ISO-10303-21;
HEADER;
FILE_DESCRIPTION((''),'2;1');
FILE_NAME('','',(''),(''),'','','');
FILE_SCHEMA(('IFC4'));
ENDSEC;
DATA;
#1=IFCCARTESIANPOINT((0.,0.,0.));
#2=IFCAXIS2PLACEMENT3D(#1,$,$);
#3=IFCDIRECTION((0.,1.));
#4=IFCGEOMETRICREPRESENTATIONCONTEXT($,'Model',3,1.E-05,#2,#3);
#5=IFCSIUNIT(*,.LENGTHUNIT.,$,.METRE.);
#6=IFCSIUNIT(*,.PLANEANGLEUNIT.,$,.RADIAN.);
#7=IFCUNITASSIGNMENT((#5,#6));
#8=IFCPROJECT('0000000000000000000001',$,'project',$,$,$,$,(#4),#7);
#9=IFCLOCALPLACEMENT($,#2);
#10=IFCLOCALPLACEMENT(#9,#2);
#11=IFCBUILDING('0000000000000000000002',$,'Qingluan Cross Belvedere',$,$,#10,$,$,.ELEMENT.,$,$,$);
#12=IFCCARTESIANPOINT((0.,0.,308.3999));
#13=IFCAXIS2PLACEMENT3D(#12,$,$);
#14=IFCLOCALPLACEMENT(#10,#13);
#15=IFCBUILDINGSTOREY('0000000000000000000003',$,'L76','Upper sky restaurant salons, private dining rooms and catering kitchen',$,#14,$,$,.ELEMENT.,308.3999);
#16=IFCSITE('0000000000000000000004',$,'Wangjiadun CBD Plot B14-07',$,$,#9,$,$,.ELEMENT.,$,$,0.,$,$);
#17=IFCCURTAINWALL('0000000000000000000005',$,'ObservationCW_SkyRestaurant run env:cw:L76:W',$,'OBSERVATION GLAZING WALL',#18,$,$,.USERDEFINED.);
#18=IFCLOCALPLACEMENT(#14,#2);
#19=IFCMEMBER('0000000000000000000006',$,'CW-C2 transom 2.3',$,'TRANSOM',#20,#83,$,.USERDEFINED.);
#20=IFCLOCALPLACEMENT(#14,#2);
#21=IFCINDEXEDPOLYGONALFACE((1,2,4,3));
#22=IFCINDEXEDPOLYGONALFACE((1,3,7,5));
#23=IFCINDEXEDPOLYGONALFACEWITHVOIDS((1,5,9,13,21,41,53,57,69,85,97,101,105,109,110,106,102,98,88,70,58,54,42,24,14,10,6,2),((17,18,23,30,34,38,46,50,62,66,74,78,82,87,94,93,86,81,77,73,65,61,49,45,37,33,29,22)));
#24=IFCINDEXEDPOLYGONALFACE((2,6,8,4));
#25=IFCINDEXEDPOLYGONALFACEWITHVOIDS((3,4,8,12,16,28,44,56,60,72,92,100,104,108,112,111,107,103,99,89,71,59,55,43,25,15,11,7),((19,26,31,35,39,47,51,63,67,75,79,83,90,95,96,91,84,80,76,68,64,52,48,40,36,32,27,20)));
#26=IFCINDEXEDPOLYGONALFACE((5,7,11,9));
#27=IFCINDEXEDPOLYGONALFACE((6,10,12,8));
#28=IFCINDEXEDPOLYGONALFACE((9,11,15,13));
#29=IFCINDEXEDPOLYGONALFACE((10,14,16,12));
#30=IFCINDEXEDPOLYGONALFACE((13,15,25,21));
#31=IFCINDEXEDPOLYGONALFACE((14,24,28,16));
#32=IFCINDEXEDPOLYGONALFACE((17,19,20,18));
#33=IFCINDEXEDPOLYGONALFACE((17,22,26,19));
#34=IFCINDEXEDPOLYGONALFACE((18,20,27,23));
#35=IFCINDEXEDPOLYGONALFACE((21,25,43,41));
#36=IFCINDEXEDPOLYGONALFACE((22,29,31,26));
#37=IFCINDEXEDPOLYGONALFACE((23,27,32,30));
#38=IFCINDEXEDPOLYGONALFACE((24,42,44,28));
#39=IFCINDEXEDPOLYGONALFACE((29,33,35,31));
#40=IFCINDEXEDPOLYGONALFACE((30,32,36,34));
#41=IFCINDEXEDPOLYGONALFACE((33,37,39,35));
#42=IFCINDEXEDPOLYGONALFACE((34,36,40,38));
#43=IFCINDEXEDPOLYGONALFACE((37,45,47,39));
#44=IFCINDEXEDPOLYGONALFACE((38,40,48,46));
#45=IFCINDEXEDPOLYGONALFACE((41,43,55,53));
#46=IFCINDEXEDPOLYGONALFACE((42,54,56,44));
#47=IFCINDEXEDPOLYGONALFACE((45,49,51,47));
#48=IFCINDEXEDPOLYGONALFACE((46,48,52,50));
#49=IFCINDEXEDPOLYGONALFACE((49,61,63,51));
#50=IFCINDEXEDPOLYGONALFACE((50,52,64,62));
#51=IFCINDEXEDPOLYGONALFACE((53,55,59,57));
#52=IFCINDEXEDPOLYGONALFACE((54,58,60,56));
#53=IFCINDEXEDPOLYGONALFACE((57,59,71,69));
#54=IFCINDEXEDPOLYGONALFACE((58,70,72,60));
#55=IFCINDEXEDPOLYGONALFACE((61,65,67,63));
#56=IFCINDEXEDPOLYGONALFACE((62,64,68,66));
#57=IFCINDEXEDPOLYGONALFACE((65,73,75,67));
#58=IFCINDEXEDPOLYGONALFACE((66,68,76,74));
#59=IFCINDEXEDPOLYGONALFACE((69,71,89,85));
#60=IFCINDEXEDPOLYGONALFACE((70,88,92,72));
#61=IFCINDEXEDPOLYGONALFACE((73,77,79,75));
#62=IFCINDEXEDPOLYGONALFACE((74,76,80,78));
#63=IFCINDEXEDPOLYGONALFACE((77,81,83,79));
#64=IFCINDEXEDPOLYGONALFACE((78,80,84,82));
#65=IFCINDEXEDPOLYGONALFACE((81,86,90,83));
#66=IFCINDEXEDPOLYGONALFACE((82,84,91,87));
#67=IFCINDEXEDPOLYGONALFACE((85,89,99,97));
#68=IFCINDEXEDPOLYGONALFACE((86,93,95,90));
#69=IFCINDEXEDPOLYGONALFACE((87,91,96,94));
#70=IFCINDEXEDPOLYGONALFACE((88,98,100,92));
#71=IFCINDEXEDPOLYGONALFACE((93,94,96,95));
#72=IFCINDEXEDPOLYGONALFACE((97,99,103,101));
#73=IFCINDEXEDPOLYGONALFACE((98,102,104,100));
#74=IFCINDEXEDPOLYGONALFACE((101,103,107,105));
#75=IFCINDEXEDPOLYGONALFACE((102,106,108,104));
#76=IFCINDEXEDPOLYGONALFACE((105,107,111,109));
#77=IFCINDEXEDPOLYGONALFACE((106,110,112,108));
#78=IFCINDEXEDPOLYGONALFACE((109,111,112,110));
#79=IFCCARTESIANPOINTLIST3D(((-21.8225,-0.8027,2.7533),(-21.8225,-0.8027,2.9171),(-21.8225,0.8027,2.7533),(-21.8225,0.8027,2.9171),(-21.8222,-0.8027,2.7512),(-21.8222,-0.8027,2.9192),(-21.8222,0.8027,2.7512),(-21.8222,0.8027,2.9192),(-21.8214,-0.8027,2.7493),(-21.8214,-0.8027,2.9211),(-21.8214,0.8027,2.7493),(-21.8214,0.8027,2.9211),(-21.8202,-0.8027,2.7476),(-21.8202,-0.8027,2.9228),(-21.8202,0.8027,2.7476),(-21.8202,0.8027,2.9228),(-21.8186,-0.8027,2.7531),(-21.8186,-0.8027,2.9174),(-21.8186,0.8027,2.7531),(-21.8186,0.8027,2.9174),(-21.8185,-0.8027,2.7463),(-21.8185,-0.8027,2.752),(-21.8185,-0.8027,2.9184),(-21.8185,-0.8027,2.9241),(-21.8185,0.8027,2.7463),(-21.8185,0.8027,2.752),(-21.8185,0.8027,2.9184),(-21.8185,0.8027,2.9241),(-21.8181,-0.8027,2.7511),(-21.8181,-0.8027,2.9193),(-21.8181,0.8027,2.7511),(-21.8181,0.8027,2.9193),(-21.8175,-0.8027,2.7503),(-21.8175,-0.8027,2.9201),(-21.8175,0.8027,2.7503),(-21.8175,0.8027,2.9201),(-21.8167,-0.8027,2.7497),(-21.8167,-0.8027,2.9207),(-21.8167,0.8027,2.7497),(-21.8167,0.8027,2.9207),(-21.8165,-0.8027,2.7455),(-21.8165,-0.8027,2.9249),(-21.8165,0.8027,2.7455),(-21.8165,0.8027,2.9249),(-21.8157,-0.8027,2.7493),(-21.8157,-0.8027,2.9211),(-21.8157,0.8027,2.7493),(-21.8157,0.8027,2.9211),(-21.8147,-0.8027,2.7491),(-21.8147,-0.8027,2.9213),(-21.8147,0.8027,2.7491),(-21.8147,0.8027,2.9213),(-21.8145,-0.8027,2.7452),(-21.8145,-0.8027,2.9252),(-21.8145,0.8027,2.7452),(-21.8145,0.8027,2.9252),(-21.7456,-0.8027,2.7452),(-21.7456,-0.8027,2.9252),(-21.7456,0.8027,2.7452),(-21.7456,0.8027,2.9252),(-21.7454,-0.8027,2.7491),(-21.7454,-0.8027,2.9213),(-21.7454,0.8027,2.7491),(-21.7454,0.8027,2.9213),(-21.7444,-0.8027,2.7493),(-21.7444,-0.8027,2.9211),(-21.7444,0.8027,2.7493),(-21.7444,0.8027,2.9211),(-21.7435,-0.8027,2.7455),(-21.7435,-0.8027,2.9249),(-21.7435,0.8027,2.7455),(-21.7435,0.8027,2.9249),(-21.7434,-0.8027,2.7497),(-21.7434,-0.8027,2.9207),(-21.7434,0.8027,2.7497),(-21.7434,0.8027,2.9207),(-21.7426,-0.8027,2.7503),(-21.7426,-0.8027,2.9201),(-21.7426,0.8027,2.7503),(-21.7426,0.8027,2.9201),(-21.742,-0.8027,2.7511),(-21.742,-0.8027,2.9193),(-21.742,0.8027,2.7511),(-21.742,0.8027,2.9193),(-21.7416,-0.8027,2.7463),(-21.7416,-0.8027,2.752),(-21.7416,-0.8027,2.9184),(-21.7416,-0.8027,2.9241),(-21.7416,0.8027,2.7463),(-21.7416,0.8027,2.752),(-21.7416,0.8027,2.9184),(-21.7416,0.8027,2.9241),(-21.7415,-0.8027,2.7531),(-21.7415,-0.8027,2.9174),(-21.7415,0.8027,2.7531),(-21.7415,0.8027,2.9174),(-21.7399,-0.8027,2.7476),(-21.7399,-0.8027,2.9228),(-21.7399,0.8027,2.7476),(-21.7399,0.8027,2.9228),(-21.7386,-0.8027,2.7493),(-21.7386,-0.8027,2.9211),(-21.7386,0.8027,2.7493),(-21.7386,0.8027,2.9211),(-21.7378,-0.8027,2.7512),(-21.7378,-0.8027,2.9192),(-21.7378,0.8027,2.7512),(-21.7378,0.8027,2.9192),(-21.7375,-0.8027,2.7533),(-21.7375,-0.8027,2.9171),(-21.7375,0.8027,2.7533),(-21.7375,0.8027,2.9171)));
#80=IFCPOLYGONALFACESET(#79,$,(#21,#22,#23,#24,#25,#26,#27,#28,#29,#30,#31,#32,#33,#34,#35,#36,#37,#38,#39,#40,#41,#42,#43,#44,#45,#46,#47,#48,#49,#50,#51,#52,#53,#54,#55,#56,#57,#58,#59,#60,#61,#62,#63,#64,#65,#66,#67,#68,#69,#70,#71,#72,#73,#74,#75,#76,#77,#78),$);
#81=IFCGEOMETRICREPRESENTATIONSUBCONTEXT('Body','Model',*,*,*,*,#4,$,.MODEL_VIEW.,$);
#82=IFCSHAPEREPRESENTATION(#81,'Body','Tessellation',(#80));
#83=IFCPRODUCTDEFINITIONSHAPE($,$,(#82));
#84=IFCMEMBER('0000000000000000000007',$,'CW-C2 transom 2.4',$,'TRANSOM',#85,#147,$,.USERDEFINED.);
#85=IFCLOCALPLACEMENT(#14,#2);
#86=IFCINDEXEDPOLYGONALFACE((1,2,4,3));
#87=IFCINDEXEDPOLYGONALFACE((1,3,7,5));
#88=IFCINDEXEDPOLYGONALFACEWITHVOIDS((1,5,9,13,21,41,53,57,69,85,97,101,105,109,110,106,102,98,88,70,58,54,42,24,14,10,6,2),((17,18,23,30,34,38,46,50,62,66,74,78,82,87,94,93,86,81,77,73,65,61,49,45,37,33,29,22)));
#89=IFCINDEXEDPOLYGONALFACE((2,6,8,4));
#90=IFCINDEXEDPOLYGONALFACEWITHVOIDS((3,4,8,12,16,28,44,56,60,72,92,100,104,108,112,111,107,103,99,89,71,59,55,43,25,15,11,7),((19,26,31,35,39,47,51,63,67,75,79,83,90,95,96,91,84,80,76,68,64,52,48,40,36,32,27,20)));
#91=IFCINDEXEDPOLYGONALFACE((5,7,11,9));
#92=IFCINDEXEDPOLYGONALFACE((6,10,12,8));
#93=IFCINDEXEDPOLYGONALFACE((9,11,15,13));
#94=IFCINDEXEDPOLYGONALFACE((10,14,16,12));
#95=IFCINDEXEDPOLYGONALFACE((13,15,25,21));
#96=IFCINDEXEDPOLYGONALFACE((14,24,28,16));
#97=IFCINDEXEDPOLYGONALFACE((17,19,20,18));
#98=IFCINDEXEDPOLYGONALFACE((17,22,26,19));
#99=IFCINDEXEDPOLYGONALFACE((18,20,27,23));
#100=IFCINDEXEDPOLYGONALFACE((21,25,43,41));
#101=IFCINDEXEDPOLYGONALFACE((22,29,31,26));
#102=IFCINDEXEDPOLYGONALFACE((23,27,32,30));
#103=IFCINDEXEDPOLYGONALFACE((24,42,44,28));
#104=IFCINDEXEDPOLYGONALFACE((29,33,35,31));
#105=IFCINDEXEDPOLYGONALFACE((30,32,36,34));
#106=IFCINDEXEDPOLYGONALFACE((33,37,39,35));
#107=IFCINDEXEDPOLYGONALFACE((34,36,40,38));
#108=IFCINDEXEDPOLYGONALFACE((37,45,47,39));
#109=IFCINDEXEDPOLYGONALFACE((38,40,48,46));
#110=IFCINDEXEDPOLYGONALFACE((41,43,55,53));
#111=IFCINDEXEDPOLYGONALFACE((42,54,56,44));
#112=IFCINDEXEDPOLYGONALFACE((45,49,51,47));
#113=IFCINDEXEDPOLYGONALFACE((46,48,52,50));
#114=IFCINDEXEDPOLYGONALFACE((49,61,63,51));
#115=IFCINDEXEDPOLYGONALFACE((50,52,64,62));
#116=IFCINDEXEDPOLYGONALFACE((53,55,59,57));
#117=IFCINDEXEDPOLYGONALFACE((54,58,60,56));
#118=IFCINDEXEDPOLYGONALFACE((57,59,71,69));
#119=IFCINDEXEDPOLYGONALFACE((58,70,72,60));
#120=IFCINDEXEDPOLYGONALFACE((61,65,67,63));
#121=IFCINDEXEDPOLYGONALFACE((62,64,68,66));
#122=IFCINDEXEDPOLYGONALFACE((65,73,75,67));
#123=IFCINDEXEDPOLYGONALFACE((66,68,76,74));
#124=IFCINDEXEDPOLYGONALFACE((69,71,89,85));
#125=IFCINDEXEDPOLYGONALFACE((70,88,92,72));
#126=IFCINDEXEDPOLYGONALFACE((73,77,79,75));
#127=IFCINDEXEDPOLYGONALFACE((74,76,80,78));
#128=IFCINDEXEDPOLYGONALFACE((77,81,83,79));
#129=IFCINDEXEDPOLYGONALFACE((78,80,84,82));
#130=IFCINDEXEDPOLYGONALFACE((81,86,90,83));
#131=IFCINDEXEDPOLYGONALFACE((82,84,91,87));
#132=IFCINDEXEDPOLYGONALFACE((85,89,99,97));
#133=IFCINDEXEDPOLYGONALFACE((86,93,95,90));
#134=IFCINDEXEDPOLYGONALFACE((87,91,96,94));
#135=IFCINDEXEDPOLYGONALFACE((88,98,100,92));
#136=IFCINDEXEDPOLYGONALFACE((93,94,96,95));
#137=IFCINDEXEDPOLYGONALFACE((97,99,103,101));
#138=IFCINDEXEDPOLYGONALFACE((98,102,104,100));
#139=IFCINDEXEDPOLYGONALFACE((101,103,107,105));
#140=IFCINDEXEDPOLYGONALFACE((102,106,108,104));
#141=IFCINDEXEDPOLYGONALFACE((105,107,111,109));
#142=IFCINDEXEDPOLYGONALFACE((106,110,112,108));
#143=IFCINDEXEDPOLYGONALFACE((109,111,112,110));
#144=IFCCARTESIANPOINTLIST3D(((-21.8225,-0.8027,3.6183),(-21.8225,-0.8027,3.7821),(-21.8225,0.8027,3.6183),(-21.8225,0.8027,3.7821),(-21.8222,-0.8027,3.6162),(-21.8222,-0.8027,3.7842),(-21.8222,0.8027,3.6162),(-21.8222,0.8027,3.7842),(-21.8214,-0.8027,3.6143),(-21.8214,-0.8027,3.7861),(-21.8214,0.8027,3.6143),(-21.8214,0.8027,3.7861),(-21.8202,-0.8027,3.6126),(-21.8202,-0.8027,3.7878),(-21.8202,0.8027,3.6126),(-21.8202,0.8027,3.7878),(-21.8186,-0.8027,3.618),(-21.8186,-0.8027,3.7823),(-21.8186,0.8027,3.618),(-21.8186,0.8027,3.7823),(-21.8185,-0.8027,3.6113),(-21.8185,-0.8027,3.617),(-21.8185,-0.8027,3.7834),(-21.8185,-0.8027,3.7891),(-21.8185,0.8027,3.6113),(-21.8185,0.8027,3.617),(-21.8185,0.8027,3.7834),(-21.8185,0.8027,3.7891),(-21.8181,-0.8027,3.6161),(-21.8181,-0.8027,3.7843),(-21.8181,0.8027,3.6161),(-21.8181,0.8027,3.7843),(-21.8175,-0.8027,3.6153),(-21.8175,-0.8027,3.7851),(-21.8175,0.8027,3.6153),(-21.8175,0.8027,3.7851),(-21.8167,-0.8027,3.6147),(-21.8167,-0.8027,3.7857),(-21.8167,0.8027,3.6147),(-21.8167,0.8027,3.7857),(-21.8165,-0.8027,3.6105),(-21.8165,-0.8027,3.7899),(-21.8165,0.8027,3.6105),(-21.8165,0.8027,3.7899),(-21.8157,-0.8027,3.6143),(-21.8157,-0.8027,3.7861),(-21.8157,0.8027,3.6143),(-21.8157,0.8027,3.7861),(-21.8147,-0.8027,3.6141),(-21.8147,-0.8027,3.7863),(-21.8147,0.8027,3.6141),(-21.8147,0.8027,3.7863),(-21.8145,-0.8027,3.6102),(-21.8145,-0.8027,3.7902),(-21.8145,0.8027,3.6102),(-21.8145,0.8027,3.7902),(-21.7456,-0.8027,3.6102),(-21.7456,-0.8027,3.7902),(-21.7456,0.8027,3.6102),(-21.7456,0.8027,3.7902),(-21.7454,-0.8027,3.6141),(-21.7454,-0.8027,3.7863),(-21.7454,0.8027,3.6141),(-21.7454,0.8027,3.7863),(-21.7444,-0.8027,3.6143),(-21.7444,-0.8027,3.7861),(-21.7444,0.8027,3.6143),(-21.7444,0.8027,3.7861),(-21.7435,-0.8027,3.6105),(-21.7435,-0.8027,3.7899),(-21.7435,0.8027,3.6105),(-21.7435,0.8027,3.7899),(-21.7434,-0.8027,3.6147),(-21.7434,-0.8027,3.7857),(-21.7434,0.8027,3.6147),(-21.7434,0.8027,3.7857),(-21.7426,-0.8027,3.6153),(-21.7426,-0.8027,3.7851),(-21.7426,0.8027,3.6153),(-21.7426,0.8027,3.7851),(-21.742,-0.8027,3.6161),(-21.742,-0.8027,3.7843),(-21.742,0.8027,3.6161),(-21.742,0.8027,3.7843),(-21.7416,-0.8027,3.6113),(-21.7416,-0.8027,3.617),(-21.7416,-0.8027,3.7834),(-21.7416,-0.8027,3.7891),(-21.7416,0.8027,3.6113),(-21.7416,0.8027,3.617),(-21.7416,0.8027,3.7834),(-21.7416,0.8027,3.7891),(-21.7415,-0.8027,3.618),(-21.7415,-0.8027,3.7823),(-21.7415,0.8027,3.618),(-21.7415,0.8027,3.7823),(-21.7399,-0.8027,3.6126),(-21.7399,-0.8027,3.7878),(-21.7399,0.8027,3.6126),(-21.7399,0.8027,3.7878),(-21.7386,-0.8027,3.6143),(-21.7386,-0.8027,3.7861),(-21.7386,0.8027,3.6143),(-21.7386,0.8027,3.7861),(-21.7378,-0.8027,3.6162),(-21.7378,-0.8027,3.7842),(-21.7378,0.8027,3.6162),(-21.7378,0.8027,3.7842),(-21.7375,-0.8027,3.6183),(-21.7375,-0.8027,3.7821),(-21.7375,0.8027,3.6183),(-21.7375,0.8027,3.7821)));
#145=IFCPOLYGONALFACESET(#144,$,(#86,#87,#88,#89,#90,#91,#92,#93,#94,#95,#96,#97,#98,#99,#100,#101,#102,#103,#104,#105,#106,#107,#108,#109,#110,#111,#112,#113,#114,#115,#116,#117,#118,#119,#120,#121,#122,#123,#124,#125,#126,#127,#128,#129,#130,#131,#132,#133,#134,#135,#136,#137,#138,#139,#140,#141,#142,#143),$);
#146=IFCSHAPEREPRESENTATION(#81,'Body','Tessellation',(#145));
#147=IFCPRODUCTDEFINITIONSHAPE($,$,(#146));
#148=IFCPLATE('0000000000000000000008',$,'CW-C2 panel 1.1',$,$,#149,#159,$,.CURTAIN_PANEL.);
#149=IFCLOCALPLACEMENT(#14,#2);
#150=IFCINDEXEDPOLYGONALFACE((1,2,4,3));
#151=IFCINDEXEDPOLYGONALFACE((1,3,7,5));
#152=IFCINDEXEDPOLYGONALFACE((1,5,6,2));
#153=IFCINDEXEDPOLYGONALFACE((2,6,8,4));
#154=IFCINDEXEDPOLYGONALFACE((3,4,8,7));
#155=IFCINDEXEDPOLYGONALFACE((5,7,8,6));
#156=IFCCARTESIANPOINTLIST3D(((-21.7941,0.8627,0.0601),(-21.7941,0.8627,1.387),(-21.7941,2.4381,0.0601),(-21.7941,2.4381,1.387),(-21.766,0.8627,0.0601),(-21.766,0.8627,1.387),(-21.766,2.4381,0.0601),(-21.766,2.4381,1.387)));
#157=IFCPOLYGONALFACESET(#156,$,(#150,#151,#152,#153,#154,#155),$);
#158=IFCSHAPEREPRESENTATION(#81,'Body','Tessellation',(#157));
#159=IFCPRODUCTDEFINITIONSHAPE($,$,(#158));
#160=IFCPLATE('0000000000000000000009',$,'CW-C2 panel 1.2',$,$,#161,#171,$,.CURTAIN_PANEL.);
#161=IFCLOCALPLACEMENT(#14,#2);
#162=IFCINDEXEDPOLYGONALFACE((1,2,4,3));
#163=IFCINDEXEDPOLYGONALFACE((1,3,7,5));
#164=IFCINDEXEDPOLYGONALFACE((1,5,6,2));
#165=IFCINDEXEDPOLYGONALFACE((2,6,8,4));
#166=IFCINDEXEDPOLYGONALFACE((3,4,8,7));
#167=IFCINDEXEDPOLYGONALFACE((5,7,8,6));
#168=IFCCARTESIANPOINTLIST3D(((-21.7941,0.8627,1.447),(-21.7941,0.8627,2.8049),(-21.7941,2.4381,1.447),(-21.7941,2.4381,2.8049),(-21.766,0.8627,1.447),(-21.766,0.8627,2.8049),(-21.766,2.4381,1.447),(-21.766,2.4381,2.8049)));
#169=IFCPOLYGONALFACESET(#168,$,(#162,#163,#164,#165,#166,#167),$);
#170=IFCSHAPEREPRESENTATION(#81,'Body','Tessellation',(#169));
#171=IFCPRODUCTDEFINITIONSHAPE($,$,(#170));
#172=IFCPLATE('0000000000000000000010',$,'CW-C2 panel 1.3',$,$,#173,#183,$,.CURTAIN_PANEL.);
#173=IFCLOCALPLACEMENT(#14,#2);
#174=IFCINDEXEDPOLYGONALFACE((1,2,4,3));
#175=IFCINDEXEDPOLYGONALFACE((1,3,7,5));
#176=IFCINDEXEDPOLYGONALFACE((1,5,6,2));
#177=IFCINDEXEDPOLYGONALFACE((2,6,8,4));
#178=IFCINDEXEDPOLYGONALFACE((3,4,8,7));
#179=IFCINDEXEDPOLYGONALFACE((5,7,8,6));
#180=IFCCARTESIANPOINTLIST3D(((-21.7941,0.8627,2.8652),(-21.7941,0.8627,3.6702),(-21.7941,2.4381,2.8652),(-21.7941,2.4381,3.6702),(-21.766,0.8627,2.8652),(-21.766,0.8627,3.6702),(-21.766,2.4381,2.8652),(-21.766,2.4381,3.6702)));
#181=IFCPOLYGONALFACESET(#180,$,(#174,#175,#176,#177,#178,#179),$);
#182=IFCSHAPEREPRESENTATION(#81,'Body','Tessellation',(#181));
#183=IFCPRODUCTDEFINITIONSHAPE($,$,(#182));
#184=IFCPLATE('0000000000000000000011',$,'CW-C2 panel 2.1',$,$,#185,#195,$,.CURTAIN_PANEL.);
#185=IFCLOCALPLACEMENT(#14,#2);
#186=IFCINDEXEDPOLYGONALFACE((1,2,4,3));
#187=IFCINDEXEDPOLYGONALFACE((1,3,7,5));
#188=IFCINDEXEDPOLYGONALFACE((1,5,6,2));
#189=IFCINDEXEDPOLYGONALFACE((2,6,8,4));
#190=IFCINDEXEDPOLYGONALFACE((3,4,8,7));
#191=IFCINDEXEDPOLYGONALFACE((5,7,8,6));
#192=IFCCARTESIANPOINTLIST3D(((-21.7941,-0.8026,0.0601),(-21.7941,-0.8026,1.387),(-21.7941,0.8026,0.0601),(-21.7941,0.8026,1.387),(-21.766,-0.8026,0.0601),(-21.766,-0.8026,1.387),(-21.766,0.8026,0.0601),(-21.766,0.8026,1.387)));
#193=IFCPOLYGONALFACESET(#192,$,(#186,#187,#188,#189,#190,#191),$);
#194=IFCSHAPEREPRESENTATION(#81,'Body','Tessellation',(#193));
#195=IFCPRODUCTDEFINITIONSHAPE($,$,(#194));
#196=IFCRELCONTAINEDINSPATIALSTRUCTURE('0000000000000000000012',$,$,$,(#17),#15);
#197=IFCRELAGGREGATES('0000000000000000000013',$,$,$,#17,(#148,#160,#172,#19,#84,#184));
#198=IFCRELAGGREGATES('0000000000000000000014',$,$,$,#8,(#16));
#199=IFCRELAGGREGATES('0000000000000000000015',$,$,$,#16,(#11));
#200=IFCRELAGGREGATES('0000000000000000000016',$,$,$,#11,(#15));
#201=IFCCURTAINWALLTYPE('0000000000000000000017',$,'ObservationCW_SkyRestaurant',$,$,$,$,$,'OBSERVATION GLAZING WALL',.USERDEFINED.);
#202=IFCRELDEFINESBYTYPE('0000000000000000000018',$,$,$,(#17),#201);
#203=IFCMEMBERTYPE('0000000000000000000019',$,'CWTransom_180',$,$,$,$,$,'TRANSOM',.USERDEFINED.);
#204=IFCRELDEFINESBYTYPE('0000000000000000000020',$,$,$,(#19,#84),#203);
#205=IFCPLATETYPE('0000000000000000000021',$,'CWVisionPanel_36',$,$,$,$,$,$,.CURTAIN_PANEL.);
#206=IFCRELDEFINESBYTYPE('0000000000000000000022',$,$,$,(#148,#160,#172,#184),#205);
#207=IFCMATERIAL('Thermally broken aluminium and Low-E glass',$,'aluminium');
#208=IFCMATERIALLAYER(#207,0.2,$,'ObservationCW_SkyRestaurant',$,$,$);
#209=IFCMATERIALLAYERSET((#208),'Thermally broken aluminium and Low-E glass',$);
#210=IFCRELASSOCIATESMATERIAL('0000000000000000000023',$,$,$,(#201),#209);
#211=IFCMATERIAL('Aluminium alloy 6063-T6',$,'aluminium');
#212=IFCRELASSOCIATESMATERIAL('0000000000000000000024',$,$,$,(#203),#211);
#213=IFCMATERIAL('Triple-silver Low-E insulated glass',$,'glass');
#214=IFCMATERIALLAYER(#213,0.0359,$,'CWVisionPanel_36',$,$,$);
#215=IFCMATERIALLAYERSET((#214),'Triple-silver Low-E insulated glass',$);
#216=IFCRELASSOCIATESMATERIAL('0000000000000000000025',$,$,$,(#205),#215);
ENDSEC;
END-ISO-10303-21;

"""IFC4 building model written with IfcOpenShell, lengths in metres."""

from ifc_helpers import new_model, si_unit, direction, frame, origin, origin_2d, place, context, subcontext, project, spatial, rectangle, hollow_rectangle, extrude, material, layer, layer_set, material_profile, profile_set, type_object, element, aggregate, save


model = new_model("IFC4")

# Units and contexts
model_context = context("Model", 3, precision=1e-05, world=origin(), true_north=direction((0.0, 1.0)))
body_context = subcontext(model_context, "Body", "Model", "MODEL_VIEW")
ifc_project = project(units=[si_unit("LENGTHUNIT", "METRE"), si_unit("PLANEANGLEUNIT", "RADIAN")], contexts=[model_context])

# Site, building, storey
site_placement = place(None, origin())
site = spatial("IfcSite", under=ifc_project, at=site_placement, Name="Wangjiadun CBD Plot B14-07", CompositionType="ELEMENT", RefElevation=0.0)
building_placement = place(site_placement, origin())
building = spatial("IfcBuilding", under=site, at=building_placement, Name="Qingluan Cross Belvedere", CompositionType="ELEMENT")
storey_placement = place(building_placement, frame((0.0, 0.0, 308.3999)))
storey = spatial("IfcBuildingStorey", under=building, at=storey_placement, Name="L76", Description="Upper sky restaurant salons, private dining rooms and catering kitchen", CompositionType="ELEMENT", Elevation=308.3999)

# Curtain wall, members, plates
ifc_material_1 = material(Name="Thermally broken aluminium and Low-E glass", Category="aluminium")
ifc_layer_1 = layer(ifc_material_1, 0.2, Name="ObservationCW_SkyRestaurant")
ifc_layer_set_1 = layer_set([ifc_layer_1], Name="Thermally broken aluminium and Low-E glass")
curtain_wall_type = type_object("IfcCurtainWallType", Name="ObservationCW_SkyRestaurant", ElementType="OBSERVATION GLAZING WALL", PredefinedType="USERDEFINED", material=ifc_layer_set_1)
curtain_wall_placement = place(storey_placement, origin())
curtain_wall = element("IfcCurtainWall", 1, at=curtain_wall_placement, inside=storey, type_object=curtain_wall_type, Name="ObservationCW_SkyRestaurant run env:cw:L76:W", ObjectType="OBSERVATION GLAZING WALL", PredefinedType="USERDEFINED")
ifc_material_2 = material(Name="Aluminium alloy 6063-T6", Category="aluminium")
ifc_material_profile_1 = material_profile(ifc_material_2, hollow_rectangle(XDim=0.085, YDim=0.1799, WallThickness=0.0039, InnerFilletRadius=0.0039, OuterFilletRadius=0.0081, at=origin_2d()), Name="CWT180x85x4")
ifc_profile_set_1 = profile_set([ifc_material_profile_1], Name="Aluminium alloy 6063-T6")
member_type_1 = type_object("IfcMemberType", Name="CWTransom_180", ElementType="TRANSOM", PredefinedType="USERDEFINED", material=ifc_profile_set_1)
member_1_placement = place(storey_placement, frame((-21.78, 0.8027, 2.8352), z_axis=(0.0, -1.0, 0.0), x_axis=(1.0, 0.0, 0.0)))
member_1 = element("IfcMember", 2, at=member_1_placement, type_object=member_type_1, Name="CW-C2 transom 2.3", ObjectType="TRANSOM", PredefinedType="USERDEFINED", context=body_context, shape_type="SweptSolid", body=[
    extrude(hollow_rectangle(XDim=0.085, YDim=0.1799, WallThickness=0.0039, InnerFilletRadius=0.0039, OuterFilletRadius=0.0081, at=origin_2d()), origin(), (0.0, 0.0, 1.0), 1.6055),
])
member_2_placement = place(storey_placement, frame((-21.78, 0.8027, 3.7002), z_axis=(0.0, -1.0, 0.0), x_axis=(1.0, 0.0, 0.0)))
member_2 = element("IfcMember", 3, at=member_2_placement, type_object=member_type_1, Name="CW-C2 transom 2.4", ObjectType="TRANSOM", PredefinedType="USERDEFINED", context=body_context, shape_type="SweptSolid", body=[
    extrude(hollow_rectangle(XDim=0.085, YDim=0.1799, WallThickness=0.0039, InnerFilletRadius=0.0039, OuterFilletRadius=0.0081, at=origin_2d()), origin(), (0.0, 0.0, 1.0), 1.6055),
])
ifc_material_3 = material(Name="Triple-silver Low-E insulated glass", Category="glass")
ifc_layer_2 = layer(ifc_material_3, 0.0359, Name="CWVisionPanel_36")
ifc_layer_set_2 = layer_set([ifc_layer_2], Name="Triple-silver Low-E insulated glass")
plate_type = type_object("IfcPlateType", Name="CWVisionPanel_36", PredefinedType="CURTAIN_PANEL", material=ifc_layer_set_2)
plate_1_placement = place(storey_placement, frame((-21.78, 1.6504, 0.0601), z_axis=(0.0, 0.0, 1.0), x_axis=(0.0, -1.0, 0.0)))
plate_1 = element("IfcPlate", 4, at=plate_1_placement, type_object=plate_type, Name="CW-C2 panel 1.1", PredefinedType="CURTAIN_PANEL", context=body_context, shape_type="SweptSolid", body=[
    extrude(rectangle(XDim=1.5754, YDim=0.0281, at=origin_2d()), origin(), (0.0, 0.0, 1.0), 1.3269),
])
plate_2_placement = place(storey_placement, frame((-21.78, 1.6504, 1.447), z_axis=(0.0, 0.0, 1.0), x_axis=(0.0, -1.0, 0.0)))
plate_2 = element("IfcPlate", 5, at=plate_2_placement, type_object=plate_type, Name="CW-C2 panel 1.2", PredefinedType="CURTAIN_PANEL", context=body_context, shape_type="SweptSolid", body=[
    extrude(rectangle(XDim=1.5754, YDim=0.0281, at=origin_2d()), origin(), (0.0, 0.0, 1.0), 1.3579),
])
plate_3_placement = place(storey_placement, frame((-21.78, 1.6504, 2.8652), z_axis=(0.0, 0.0, 1.0), x_axis=(0.0, -1.0, 0.0)))
plate_3 = element("IfcPlate", 6, at=plate_3_placement, type_object=plate_type, Name="CW-C2 panel 1.3", PredefinedType="CURTAIN_PANEL", context=body_context, shape_type="SweptSolid", body=[
    extrude(rectangle(XDim=1.5754, YDim=0.0281, at=origin_2d()), origin(), (0.0, 0.0, 1.0), 0.8049),
])
plate_4_placement = place(storey_placement, frame((-21.78, 0.0, 0.0601), z_axis=(0.0, 0.0, 1.0), x_axis=(0.0, -1.0, 0.0)))
plate_4 = element("IfcPlate", 7, at=plate_4_placement, type_object=plate_type, Name="CW-C2 panel 2.1", PredefinedType="CURTAIN_PANEL", context=body_context, shape_type="SweptSolid", body=[
    extrude(rectangle(XDim=1.6052, YDim=0.0281, at=origin_2d()), origin(), (0.0, 0.0, 1.0), 1.3269),
])
aggregate(curtain_wall, [plate_1, plate_2, plate_3, member_1, member_2, plate_4])

save(model, "model.ifc")
